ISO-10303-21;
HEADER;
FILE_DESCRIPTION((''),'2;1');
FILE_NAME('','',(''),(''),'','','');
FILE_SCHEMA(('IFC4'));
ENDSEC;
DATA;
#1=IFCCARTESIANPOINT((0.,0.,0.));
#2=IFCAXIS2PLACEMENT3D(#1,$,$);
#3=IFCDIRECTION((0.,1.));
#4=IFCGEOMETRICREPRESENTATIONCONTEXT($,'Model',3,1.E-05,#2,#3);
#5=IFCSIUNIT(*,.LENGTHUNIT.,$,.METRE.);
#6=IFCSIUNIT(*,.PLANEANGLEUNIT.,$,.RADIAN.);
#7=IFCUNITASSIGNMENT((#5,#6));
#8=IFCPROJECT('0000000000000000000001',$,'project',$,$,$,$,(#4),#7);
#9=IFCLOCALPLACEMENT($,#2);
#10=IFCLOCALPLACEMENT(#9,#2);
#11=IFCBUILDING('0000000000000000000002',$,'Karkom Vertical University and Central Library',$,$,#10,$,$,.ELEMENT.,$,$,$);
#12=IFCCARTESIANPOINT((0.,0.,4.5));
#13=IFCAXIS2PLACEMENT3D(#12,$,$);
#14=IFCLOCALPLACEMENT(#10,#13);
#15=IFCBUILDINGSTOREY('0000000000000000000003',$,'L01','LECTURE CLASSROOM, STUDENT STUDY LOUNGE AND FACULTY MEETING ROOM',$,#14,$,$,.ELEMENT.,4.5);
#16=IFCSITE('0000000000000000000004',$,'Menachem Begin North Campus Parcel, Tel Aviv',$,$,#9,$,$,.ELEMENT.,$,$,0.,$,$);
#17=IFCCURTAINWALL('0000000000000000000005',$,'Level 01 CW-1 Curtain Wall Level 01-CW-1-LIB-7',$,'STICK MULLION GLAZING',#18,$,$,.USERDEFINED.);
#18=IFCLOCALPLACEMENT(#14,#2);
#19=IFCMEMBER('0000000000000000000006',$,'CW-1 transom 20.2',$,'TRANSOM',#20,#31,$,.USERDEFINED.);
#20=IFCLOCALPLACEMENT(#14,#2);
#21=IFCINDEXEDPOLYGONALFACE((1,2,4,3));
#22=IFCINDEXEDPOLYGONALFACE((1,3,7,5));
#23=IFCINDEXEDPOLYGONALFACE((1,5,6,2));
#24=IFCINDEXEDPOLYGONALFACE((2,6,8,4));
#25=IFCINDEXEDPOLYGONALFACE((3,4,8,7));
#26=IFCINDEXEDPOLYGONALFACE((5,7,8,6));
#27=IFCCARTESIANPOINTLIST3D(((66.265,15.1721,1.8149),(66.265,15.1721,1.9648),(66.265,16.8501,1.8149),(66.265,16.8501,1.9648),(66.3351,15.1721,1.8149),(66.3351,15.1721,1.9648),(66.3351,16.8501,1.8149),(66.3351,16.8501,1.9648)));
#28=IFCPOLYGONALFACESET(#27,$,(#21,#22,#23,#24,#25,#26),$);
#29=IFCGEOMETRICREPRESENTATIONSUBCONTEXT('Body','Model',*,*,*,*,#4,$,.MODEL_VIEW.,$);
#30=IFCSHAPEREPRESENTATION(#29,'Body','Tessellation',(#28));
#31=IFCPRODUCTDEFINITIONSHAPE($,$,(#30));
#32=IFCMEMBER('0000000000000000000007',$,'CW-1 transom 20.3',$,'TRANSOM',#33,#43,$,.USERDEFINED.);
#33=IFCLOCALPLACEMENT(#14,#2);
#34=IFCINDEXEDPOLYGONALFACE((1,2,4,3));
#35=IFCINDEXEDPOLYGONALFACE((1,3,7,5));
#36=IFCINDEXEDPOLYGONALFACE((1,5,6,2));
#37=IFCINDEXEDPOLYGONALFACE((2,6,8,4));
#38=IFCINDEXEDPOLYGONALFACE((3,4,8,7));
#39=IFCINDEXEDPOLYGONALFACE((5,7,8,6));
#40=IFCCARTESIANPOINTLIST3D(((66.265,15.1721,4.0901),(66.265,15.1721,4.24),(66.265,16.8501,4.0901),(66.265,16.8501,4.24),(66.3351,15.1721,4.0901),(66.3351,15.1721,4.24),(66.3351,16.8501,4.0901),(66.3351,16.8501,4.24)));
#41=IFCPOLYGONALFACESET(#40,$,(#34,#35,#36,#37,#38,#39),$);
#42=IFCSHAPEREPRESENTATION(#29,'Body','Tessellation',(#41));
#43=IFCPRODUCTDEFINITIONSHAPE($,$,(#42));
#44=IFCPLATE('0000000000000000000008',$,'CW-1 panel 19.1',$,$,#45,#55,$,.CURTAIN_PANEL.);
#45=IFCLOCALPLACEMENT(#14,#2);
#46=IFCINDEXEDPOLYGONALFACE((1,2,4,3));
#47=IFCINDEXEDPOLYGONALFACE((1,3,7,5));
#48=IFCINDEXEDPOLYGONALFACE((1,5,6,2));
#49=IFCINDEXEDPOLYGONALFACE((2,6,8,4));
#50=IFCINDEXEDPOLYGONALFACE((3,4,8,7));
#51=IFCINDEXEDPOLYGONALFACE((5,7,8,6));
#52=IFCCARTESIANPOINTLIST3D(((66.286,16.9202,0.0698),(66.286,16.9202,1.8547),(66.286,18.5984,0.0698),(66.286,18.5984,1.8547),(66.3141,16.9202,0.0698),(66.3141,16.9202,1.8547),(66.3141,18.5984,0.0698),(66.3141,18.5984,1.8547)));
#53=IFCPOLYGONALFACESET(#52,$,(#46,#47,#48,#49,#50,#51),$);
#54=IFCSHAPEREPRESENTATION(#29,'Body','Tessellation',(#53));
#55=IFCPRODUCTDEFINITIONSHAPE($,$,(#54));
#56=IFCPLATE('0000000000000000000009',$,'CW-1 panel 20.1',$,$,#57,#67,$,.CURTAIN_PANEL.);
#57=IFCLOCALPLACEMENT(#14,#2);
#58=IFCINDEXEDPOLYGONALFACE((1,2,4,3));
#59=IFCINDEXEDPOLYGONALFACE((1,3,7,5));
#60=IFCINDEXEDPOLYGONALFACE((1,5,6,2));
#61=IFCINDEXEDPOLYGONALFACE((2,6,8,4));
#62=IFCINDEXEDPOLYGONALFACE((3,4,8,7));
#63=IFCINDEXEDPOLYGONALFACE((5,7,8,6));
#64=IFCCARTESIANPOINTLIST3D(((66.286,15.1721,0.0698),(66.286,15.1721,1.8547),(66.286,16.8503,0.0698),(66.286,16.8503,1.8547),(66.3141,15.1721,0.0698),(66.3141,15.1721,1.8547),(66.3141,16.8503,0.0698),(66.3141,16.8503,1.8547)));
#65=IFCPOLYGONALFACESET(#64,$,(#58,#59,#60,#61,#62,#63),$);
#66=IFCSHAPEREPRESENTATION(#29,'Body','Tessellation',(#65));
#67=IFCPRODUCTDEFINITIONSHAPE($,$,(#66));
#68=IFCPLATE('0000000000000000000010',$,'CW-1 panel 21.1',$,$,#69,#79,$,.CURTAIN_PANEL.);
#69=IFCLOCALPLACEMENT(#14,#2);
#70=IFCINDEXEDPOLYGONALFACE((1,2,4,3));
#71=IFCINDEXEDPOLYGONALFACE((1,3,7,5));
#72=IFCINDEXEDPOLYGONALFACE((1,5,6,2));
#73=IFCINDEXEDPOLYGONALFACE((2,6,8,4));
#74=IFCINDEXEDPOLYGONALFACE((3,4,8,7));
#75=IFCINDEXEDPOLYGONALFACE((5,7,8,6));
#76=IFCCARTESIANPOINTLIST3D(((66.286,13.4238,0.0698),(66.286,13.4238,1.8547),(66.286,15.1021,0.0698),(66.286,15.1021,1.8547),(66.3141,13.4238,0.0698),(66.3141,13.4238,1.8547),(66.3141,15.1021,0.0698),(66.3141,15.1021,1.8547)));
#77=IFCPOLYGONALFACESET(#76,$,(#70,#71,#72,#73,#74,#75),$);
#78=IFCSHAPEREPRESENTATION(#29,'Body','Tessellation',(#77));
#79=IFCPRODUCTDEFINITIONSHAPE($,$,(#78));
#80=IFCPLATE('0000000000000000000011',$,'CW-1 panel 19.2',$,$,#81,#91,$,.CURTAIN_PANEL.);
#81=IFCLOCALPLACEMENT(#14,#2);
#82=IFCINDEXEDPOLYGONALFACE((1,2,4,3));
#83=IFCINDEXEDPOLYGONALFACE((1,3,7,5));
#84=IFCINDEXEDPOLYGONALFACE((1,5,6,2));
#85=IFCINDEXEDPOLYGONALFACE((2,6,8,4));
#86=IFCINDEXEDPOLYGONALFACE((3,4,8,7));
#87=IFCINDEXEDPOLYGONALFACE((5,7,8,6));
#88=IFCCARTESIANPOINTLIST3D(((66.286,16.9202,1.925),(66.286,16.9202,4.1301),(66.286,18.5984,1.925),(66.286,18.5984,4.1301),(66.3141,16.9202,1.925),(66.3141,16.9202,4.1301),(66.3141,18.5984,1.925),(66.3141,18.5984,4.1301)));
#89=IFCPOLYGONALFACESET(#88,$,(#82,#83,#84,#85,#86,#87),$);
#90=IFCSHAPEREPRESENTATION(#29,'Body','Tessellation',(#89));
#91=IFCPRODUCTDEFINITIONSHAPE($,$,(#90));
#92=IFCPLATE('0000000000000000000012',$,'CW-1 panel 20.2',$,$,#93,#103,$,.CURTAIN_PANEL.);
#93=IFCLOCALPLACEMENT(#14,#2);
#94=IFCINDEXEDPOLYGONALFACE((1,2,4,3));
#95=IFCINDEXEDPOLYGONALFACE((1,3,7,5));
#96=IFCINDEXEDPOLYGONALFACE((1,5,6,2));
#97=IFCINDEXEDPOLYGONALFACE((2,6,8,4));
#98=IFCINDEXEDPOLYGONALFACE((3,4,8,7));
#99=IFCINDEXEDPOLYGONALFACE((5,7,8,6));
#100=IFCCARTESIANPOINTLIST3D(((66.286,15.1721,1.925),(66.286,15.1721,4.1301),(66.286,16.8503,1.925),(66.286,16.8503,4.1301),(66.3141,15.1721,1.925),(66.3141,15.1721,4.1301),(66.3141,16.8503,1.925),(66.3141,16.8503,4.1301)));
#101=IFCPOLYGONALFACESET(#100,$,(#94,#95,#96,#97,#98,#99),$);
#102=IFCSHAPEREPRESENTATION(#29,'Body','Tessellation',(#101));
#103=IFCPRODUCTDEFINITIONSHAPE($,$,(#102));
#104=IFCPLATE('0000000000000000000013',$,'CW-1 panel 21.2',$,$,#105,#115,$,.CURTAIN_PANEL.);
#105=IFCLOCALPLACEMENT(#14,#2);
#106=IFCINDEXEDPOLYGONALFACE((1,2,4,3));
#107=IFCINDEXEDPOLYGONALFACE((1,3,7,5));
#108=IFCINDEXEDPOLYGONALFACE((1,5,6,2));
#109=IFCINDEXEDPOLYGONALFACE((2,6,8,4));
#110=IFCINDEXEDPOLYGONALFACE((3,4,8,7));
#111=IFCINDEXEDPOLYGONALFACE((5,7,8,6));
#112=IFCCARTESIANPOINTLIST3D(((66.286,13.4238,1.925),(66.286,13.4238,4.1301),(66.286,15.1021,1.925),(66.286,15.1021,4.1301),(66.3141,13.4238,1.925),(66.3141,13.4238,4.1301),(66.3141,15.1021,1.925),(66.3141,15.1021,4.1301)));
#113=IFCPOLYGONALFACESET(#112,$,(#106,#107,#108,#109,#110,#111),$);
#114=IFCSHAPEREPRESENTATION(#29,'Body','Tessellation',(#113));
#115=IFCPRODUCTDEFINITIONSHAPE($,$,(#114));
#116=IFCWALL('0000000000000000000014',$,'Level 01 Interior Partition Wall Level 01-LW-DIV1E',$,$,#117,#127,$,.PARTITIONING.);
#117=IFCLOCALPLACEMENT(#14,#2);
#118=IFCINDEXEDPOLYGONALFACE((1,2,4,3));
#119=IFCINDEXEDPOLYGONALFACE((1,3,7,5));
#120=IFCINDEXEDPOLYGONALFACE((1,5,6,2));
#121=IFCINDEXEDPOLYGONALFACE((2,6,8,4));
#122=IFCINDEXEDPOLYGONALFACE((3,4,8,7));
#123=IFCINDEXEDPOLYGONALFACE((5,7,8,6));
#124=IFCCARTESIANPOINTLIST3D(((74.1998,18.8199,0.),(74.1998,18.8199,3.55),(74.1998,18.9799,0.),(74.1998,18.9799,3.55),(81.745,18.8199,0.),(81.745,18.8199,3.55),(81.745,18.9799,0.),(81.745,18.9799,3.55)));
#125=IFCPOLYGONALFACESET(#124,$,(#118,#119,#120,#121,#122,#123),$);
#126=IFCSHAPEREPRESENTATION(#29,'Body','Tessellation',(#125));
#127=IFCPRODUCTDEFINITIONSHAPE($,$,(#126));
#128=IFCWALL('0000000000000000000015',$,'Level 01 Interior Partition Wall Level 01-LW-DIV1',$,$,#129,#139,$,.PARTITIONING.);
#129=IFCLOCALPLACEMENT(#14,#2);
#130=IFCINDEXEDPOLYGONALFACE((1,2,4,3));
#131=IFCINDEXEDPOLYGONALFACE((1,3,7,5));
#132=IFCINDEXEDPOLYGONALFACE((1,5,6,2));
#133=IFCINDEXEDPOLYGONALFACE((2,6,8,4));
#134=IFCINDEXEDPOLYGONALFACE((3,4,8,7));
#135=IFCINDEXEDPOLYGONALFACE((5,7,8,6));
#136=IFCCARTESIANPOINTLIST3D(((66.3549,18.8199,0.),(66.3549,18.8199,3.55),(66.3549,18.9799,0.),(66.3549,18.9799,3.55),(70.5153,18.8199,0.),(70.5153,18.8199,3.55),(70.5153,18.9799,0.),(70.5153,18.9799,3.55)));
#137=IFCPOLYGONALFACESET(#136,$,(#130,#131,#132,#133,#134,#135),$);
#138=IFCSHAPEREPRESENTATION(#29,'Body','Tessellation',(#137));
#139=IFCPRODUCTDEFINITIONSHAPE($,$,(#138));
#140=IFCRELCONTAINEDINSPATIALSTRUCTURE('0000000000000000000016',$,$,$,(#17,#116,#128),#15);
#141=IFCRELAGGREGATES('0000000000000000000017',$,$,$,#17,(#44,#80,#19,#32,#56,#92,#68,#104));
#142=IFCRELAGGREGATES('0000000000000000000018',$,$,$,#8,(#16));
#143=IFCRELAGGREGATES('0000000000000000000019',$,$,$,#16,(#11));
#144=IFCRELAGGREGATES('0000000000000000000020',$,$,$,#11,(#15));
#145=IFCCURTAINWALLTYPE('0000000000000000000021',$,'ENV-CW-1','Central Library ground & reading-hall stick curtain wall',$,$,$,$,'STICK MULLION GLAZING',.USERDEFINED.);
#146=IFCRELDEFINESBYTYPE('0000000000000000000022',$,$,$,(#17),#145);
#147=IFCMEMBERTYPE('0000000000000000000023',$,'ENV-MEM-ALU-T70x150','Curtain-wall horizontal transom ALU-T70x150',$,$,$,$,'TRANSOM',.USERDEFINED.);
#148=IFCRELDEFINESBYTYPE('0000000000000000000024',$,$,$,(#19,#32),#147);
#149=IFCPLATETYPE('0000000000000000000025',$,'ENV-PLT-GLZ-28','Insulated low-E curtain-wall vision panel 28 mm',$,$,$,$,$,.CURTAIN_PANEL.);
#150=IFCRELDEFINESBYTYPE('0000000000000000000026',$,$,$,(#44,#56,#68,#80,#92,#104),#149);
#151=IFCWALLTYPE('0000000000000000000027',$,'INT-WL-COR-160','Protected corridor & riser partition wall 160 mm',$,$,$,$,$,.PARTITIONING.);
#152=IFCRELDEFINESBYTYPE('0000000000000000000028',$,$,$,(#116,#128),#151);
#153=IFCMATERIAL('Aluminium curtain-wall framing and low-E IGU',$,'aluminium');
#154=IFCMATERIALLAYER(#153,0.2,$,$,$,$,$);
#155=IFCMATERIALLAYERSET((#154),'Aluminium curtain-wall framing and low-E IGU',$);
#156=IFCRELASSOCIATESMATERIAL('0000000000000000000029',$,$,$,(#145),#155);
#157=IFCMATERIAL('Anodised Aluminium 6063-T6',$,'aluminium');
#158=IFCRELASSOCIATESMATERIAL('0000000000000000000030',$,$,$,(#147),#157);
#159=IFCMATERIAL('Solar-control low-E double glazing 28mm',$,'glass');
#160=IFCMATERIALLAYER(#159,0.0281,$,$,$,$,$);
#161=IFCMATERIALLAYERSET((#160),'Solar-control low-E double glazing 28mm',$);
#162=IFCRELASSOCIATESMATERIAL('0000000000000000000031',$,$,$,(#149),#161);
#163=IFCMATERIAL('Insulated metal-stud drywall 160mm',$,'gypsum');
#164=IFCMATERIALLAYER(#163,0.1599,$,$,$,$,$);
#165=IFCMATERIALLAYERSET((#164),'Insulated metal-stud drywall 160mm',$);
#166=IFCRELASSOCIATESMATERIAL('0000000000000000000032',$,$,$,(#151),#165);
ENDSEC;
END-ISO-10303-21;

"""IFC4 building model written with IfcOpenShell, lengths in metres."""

from ifc_helpers import new_model, si_unit, direction, frame, frame_2d, origin, origin_with_axes, origin_2d, place, context, subcontext, project, spatial, rectangle, extrude, source, transform, mapped, material, layer, layer_set, material_profile, profile_set, type_object, element, aggregate, save


model = new_model("IFC4")

# Units and contexts
model_context = context("Model", 3, precision=1e-05, world=origin(), true_north=direction((0.0, 1.0)))
body_context = subcontext(model_context, "Body", "Model", "MODEL_VIEW")
ifc_project = project(units=[si_unit("LENGTHUNIT", "METRE"), si_unit("PLANEANGLEUNIT", "RADIAN")], contexts=[model_context])

# Site, building, storey
site_placement = place(None, origin())
site = spatial("IfcSite", under=ifc_project, at=site_placement, Name="Menachem Begin North Campus Parcel, Tel Aviv", CompositionType="ELEMENT", RefElevation=0.0)
building_placement = place(site_placement, origin())
building = spatial("IfcBuilding", under=site, at=building_placement, Name="Karkom Vertical University and Central Library", CompositionType="ELEMENT")
storey_placement = place(building_placement, frame((0.0, 0.0, 4.5)))
storey = spatial("IfcBuildingStorey", under=building, at=storey_placement, Name="L01", Description="LECTURE CLASSROOM, STUDENT STUDY LOUNGE AND FACULTY MEETING ROOM", CompositionType="ELEMENT", Elevation=4.5)

# Curtain wall, members, plates
ifc_material_1 = material(Name="Aluminium curtain-wall framing and low-E IGU", Category="aluminium")
ifc_layer_1 = layer(ifc_material_1, 0.2)
ifc_layer_set_1 = layer_set([ifc_layer_1], Name="Aluminium curtain-wall framing and low-E IGU")
curtain_wall_type = type_object("IfcCurtainWallType", Name="ENV-CW-1", Description="Central Library ground & reading-hall stick curtain wall", ElementType="STICK MULLION GLAZING", PredefinedType="USERDEFINED", material=ifc_layer_set_1)
curtain_wall_placement = place(storey_placement, origin())
curtain_wall = element("IfcCurtainWall", 1, at=curtain_wall_placement, inside=storey, type_object=curtain_wall_type, Name="Level 01 CW-1 Curtain Wall Level 01-CW-1-LIB-7", ObjectType="STICK MULLION GLAZING", PredefinedType="USERDEFINED")
ifc_material_2 = material(Name="Anodised Aluminium 6063-T6", Category="aluminium")
ifc_material_profile_1 = material_profile(ifc_material_2, rectangle(XDim=0.0701, YDim=0.1499, at=origin_2d()), Name="ALU-T70x150")
ifc_profile_set_1 = profile_set([ifc_material_profile_1], Name="Anodised Aluminium 6063-T6")
member_type = type_object("IfcMemberType", Name="ENV-MEM-ALU-T70x150", Description="Curtain-wall horizontal transom ALU-T70x150", ElementType="TRANSOM", PredefinedType="USERDEFINED", material=ifc_profile_set_1)
shared_shape_1 = source(origin_with_axes(), body_context, "Body", "SweptSolid", [
    extrude(rectangle(XDim=0.0701, YDim=0.1499, at=origin_2d()), origin(), (0.0, 0.0, 1.0), 1.678),
])
member_1_placement = place(storey_placement, frame((66.3, 16.8501, 1.8899), z_axis=(0.0, -1.0, 0.0), x_axis=(1.0, 0.0, 0.0)))
member_1 = element("IfcMember", 2, at=member_1_placement, type_object=member_type, Name="CW-1 transom 20.2", ObjectType="TRANSOM", PredefinedType="USERDEFINED", context=body_context, shape_type="MappedRepresentation", body=[
    mapped(shared_shape_1, transform((0.0, 0.0, 0.0), scale=1.0)),
])
member_2_placement = place(storey_placement, frame((66.3, 16.8501, 4.165), z_axis=(0.0, -1.0, 0.0), x_axis=(1.0, 0.0, 0.0)))
member_2 = element("IfcMember", 3, at=member_2_placement, type_object=member_type, Name="CW-1 transom 20.3", ObjectType="TRANSOM", PredefinedType="USERDEFINED", context=body_context, shape_type="MappedRepresentation", body=[
    mapped(shared_shape_1, transform((0.0, 0.0, 0.0), scale=1.0)),
])
ifc_material_3 = material(Name="Solar-control low-E double glazing 28mm", Category="glass")
ifc_layer_2 = layer(ifc_material_3, 0.0281)
ifc_layer_set_2 = layer_set([ifc_layer_2], Name="Solar-control low-E double glazing 28mm")
plate_type = type_object("IfcPlateType", Name="ENV-PLT-GLZ-28", Description="Insulated low-E curtain-wall vision panel 28 mm", PredefinedType="CURTAIN_PANEL", material=ifc_layer_set_2)
shared_shape_2 = source(origin_with_axes(), body_context, "Body", "SweptSolid", [
    extrude(rectangle(XDim=1.6782, YDim=0.0281, at=origin_2d()), origin(), (0.0, 0.0, 1.0), 1.7849),
])
plate_1_placement = place(storey_placement, frame((66.3, 17.7593, 0.0698), z_axis=(0.0, 0.0, 1.0), x_axis=(0.0, -1.0, 0.0)))
plate_1 = element("IfcPlate", 4, at=plate_1_placement, type_object=plate_type, Name="CW-1 panel 19.1", PredefinedType="CURTAIN_PANEL", context=body_context, shape_type="MappedRepresentation", body=[
    mapped(shared_shape_2, transform((0.0, 0.0, 0.0), scale=1.0)),
])
plate_2_placement = place(storey_placement, frame((66.3, 16.0112, 0.0698), z_axis=(0.0, 0.0, 1.0), x_axis=(0.0, -1.0, 0.0)))
plate_2 = element("IfcPlate", 5, at=plate_2_placement, type_object=plate_type, Name="CW-1 panel 20.1", PredefinedType="CURTAIN_PANEL", context=body_context, shape_type="MappedRepresentation", body=[
    mapped(shared_shape_2, transform((0.0, 0.0, 0.0), scale=1.0)),
])
plate_3_placement = place(storey_placement, frame((66.3, 14.2629, 0.0698), z_axis=(0.0, 0.0, 1.0), x_axis=(0.0, -1.0, 0.0)))
plate_3 = element("IfcPlate", 6, at=plate_3_placement, type_object=plate_type, Name="CW-1 panel 21.1", PredefinedType="CURTAIN_PANEL", context=body_context, shape_type="MappedRepresentation", body=[
    mapped(shared_shape_2, transform((0.0, 0.0, 0.0), scale=1.0)),
])
shared_shape_3 = source(origin_with_axes(), body_context, "Body", "SweptSolid", [
    extrude(rectangle(XDim=1.6782, YDim=0.0281, at=origin_2d()), origin(), (0.0, 0.0, 1.0), 2.2051),
])
plate_4_placement = place(storey_placement, frame((66.3, 17.7593, 1.925), z_axis=(0.0, 0.0, 1.0), x_axis=(0.0, -1.0, 0.0)))
plate_4 = element("IfcPlate", 7, at=plate_4_placement, type_object=plate_type, Name="CW-1 panel 19.2", PredefinedType="CURTAIN_PANEL", context=body_context, shape_type="MappedRepresentation", body=[
    mapped(shared_shape_3, transform((0.0, 0.0, 0.0), scale=1.0)),
])
plate_5_placement = place(storey_placement, frame((66.3, 16.0112, 1.925), z_axis=(0.0, 0.0, 1.0), x_axis=(0.0, -1.0, 0.0)))
plate_5 = element("IfcPlate", 8, at=plate_5_placement, type_object=plate_type, Name="CW-1 panel 20.2", PredefinedType="CURTAIN_PANEL", context=body_context, shape_type="MappedRepresentation", body=[
    mapped(shared_shape_3, transform((0.0, 0.0, 0.0), scale=1.0)),
])
plate_6_placement = place(storey_placement, frame((66.3, 14.2629, 1.925), z_axis=(0.0, 0.0, 1.0), x_axis=(0.0, -1.0, 0.0)))
plate_6 = element("IfcPlate", 9, at=plate_6_placement, type_object=plate_type, Name="CW-1 panel 21.2", PredefinedType="CURTAIN_PANEL", context=body_context, shape_type="MappedRepresentation", body=[
    mapped(shared_shape_3, transform((0.0, 0.0, 0.0), scale=1.0)),
])
aggregate(curtain_wall, [plate_1, plate_4, member_1, member_2, plate_2, plate_5, plate_3, plate_6])

# Walls
ifc_material_4 = material(Name="Insulated metal-stud drywall 160mm", Category="gypsum")
ifc_layer_3 = layer(ifc_material_4, 0.1599)
ifc_layer_set_3 = layer_set([ifc_layer_3], Name="Insulated metal-stud drywall 160mm")
wall_type = type_object("IfcWallType", Name="INT-WL-COR-160", Description="Protected corridor & riser partition wall 160 mm", PredefinedType="PARTITIONING", material=ifc_layer_set_3)
wall_1_placement = place(storey_placement, frame((74.2, 18.8999, 0.0), z_axis=(0.0, 0.0, 1.0), x_axis=(1.0, 0.0, 0.0)))
element("IfcWall", 10, at=wall_1_placement, inside=storey, type_object=wall_type, Name="Level 01 Interior Partition Wall Level 01-LW-DIV1E", PredefinedType="PARTITIONING", context=body_context, shape_type="SweptSolid", body=[
    extrude(rectangle(XDim=7.5452, YDim=0.1599, at=frame_2d((3.7725, 0.0))), origin(), (0.0, 0.0, 1.0), 3.55),
])
wall_2_placement = place(storey_placement, frame((66.355, 18.8999, 0.0), z_axis=(0.0, 0.0, 1.0), x_axis=(1.0, 0.0, 0.0)))
element("IfcWall", 11, at=wall_2_placement, inside=storey, type_object=wall_type, Name="Level 01 Interior Partition Wall Level 01-LW-DIV1", PredefinedType="PARTITIONING", context=body_context, shape_type="SweptSolid", body=[
    extrude(rectangle(XDim=4.1604, YDim=0.1599, at=frame_2d((2.0801, 0.0))), origin(), (0.0, 0.0, 1.0), 3.55),
])

save(model, "model.ifc")
